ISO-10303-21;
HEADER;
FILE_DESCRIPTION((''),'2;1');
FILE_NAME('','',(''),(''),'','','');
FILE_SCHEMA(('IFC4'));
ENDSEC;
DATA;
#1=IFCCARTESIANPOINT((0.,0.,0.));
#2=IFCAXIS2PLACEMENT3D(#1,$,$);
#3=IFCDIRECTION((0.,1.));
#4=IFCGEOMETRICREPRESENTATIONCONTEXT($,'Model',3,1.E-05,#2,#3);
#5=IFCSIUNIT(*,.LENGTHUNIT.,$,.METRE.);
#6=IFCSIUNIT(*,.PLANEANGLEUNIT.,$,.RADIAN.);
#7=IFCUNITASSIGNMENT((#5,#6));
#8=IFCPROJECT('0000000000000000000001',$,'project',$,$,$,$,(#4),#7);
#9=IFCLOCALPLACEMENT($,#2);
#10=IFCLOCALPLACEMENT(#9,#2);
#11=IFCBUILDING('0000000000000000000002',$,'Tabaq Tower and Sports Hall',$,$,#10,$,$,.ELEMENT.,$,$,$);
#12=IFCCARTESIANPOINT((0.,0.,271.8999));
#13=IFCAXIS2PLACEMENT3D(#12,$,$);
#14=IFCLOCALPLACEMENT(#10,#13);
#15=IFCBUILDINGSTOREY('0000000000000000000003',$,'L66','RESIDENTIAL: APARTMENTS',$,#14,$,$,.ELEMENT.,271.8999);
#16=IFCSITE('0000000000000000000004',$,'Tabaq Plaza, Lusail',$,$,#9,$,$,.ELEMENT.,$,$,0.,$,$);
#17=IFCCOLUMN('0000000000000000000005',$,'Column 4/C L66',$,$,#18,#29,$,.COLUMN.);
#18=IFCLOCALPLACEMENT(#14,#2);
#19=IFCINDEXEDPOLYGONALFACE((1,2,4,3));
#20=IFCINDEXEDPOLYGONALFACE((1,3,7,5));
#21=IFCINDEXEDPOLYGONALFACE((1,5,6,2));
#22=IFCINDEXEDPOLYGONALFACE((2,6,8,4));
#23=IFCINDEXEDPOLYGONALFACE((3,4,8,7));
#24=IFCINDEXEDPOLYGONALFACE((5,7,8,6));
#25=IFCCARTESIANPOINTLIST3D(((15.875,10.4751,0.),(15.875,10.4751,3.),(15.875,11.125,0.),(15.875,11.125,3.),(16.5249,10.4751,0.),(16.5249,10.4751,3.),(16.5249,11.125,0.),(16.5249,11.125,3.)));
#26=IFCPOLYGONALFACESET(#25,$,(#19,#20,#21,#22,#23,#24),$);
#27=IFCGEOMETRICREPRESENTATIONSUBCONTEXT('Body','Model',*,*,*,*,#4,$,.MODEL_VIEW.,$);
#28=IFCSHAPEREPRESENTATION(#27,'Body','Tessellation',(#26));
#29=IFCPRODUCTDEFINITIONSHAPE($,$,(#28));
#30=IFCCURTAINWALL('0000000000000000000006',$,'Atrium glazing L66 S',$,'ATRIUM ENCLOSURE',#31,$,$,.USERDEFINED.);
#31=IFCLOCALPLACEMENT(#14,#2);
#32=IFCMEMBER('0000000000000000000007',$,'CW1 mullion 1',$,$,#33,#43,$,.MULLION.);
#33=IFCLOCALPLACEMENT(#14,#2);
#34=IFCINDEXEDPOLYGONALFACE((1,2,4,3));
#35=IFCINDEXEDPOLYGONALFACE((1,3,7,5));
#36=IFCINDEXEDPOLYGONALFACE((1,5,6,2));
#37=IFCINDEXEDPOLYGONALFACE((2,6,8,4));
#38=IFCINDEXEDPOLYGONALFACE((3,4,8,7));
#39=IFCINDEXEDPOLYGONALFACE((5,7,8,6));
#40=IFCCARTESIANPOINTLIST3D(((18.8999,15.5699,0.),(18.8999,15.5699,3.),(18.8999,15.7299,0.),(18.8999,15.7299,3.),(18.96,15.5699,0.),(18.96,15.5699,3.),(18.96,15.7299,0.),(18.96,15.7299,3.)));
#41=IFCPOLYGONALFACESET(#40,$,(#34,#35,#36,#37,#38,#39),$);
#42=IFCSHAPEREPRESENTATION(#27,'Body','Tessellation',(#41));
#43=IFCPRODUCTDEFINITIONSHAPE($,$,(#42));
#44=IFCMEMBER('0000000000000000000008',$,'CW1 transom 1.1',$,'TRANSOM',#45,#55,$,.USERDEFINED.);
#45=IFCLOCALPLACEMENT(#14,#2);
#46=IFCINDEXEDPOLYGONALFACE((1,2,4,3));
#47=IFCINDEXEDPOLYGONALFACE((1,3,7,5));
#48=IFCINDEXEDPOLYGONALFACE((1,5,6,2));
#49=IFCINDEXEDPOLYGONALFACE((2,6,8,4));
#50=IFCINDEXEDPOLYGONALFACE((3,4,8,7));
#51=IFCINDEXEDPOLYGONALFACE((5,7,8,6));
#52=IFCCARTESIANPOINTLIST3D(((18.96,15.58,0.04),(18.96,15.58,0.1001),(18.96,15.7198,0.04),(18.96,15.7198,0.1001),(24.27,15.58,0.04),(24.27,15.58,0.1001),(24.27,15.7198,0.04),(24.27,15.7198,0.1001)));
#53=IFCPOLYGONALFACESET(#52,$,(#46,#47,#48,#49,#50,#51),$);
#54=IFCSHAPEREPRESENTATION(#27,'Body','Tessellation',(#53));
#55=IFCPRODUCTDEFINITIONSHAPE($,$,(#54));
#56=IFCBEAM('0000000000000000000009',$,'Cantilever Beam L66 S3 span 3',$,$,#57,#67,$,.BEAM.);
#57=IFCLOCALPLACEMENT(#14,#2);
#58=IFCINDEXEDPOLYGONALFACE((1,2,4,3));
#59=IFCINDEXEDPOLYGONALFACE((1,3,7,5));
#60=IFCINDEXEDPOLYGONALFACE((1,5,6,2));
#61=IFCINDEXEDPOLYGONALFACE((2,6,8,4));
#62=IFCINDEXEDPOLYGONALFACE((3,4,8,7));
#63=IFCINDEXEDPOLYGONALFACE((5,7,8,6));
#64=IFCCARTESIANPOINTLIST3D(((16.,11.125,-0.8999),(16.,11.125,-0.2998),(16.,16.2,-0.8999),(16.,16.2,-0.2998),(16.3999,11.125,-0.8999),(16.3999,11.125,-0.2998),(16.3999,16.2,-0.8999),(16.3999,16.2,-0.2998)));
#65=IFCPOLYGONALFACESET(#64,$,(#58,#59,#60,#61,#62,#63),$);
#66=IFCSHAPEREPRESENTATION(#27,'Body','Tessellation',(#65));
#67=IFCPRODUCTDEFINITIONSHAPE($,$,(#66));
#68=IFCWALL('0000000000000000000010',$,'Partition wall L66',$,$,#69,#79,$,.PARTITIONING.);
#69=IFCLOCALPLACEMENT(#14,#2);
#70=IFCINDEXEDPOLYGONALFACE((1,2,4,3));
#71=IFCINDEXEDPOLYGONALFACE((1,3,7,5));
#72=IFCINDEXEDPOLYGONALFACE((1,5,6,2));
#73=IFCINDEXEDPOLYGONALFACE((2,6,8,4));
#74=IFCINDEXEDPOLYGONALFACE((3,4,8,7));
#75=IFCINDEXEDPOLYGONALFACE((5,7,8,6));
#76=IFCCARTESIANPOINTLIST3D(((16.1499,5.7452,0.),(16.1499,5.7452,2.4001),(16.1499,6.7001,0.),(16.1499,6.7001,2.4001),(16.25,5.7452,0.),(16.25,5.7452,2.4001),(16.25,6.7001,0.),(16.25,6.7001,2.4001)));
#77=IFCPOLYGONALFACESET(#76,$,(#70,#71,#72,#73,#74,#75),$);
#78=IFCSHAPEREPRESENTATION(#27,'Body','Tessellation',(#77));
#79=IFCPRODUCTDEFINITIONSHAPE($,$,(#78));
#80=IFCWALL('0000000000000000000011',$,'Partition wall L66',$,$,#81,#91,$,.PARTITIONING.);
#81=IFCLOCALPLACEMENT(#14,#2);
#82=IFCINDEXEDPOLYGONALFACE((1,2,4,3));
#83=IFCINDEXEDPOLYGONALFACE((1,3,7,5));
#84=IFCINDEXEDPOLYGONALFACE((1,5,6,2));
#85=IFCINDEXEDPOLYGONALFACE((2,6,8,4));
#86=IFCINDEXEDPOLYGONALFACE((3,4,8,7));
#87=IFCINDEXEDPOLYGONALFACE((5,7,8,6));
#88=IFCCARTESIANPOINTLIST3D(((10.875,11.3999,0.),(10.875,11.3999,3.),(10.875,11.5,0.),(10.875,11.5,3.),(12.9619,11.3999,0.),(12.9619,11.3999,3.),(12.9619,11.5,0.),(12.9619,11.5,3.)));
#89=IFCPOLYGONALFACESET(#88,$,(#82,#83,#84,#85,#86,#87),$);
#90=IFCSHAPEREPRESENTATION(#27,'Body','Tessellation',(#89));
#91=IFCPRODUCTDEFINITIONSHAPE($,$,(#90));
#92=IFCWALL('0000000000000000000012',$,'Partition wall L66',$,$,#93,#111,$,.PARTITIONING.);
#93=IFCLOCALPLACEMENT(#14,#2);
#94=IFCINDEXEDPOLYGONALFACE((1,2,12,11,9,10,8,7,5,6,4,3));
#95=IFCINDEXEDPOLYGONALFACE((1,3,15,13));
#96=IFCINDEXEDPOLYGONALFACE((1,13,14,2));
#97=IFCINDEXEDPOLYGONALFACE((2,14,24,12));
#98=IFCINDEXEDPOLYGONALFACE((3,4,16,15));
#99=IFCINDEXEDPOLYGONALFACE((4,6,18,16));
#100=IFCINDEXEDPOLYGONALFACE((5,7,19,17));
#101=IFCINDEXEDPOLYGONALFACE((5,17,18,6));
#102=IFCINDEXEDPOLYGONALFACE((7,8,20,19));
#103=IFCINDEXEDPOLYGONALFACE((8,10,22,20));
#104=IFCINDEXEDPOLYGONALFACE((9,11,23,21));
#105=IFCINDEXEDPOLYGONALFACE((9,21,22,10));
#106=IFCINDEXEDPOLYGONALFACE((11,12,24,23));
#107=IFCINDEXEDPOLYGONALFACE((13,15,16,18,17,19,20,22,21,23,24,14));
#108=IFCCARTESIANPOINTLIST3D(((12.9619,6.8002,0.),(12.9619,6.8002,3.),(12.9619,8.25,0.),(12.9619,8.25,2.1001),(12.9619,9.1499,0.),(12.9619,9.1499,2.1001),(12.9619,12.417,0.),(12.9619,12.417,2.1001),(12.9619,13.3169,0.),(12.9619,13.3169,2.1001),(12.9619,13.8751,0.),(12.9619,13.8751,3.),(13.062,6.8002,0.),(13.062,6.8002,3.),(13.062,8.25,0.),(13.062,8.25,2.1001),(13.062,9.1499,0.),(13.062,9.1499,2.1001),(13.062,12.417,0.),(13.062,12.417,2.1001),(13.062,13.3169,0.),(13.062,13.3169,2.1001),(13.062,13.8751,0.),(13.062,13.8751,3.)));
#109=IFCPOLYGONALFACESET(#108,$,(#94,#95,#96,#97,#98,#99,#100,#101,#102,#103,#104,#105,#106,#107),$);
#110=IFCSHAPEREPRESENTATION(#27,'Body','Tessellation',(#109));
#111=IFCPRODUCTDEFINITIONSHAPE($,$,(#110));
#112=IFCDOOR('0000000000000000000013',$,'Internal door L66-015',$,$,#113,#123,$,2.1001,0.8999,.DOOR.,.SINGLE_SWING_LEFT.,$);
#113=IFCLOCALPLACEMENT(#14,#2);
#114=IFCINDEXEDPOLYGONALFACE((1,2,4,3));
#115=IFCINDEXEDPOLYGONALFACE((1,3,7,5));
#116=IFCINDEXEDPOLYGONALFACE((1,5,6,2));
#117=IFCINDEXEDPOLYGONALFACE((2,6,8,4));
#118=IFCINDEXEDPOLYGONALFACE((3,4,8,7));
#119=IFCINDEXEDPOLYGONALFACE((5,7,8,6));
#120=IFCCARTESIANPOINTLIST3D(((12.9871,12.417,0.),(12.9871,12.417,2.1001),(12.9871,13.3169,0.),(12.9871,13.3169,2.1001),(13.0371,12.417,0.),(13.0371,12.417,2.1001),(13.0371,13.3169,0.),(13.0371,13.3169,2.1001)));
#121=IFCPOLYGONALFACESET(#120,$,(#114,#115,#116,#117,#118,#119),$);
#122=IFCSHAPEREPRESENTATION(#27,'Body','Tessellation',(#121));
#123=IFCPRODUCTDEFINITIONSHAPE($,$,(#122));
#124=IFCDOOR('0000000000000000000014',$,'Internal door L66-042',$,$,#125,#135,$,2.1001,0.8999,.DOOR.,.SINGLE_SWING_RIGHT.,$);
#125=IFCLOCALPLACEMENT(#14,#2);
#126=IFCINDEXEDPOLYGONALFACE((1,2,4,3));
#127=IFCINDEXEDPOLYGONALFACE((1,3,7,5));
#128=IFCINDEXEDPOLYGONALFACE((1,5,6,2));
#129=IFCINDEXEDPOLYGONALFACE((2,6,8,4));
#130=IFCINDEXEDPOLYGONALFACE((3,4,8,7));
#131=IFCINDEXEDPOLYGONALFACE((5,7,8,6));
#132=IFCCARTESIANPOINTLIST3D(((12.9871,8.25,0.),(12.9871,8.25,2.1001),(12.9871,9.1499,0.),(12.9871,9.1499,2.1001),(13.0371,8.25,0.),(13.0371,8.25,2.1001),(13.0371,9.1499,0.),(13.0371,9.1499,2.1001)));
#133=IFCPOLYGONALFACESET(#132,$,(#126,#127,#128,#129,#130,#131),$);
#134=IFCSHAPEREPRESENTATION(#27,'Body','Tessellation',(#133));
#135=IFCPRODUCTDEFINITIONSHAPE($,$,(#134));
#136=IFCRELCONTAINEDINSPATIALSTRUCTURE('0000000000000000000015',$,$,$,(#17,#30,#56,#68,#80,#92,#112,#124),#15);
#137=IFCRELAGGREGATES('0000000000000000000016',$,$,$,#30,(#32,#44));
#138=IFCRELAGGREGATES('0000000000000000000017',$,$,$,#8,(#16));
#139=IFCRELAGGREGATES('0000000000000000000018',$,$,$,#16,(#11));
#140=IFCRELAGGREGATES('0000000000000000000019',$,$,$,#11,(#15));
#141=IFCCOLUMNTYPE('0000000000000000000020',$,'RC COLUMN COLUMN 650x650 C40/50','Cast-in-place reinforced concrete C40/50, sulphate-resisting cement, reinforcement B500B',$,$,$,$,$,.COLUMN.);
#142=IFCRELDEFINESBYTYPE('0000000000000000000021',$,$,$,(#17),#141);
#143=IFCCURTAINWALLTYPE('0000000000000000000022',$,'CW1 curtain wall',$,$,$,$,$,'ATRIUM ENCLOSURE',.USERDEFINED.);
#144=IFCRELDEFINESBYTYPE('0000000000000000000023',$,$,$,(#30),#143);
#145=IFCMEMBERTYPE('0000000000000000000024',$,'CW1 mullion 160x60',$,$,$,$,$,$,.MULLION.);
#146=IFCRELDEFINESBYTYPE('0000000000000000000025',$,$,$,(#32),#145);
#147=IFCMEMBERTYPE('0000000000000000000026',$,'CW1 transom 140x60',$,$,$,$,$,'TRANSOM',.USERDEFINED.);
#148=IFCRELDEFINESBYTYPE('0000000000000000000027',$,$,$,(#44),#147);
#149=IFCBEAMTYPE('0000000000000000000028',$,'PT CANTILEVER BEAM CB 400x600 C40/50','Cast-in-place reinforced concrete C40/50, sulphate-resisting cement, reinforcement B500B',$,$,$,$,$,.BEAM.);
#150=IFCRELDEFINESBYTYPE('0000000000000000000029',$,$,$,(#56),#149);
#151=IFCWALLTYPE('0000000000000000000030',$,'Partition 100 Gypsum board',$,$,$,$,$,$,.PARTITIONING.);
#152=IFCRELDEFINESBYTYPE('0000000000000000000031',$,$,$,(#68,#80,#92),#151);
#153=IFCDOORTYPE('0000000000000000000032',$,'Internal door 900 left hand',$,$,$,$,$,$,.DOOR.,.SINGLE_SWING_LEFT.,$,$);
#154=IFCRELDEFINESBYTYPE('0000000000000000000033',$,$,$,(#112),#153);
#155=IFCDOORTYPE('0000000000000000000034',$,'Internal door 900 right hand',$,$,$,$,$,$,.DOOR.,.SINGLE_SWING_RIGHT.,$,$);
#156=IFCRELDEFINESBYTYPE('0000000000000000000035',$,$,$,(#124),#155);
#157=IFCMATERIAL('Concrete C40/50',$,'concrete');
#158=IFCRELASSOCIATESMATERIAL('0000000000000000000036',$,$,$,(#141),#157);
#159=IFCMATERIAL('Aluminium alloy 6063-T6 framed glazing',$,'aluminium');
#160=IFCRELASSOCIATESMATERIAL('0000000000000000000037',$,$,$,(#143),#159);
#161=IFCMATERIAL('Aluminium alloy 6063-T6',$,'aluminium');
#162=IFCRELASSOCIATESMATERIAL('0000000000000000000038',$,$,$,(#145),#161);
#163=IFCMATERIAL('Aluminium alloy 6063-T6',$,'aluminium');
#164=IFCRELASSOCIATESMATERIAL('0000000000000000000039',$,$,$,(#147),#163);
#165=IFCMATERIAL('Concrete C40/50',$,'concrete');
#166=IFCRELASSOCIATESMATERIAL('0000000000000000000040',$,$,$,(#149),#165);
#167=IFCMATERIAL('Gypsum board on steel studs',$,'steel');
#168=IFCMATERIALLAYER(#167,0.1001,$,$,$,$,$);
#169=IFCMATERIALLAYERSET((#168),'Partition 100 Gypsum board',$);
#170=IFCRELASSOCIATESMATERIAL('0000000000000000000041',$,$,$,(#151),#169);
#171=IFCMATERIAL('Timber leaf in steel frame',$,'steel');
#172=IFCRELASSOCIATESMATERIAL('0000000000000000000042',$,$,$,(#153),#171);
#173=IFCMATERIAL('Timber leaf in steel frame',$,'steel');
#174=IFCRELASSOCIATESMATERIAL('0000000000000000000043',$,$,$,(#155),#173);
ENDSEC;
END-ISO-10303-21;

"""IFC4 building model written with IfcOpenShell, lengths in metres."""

from ifc_helpers import new_model, si_unit, direction, frame, frame_2d, origin, origin_2d, place, context, subcontext, project, spatial, rectangle, extrude, material, layer, layer_set, material_profile, profile_set, type_object, element, fill, aggregate, save


model = new_model("IFC4")

# Units and contexts
model_context = context("Model", 3, precision=1e-05, world=origin(), true_north=direction((0.0, 1.0)))
body_context = subcontext(model_context, "Body", "Model", "MODEL_VIEW")
ifc_project = project(units=[si_unit("LENGTHUNIT", "METRE"), si_unit("PLANEANGLEUNIT", "RADIAN")], contexts=[model_context])

# Site, building, storey
site_placement = place(None, origin())
site = spatial("IfcSite", under=ifc_project, at=site_placement, Name="Tabaq Plaza, Lusail", CompositionType="ELEMENT", RefElevation=0.0)
building_placement = place(site_placement, origin())
building = spatial("IfcBuilding", under=site, at=building_placement, Name="Tabaq Tower and Sports Hall", CompositionType="ELEMENT")
storey_placement = place(building_placement, frame((0.0, 0.0, 271.8999)))
storey = spatial("IfcBuildingStorey", under=building, at=storey_placement, Name="L66", Description="RESIDENTIAL: APARTMENTS", CompositionType="ELEMENT", Elevation=271.8999)

# Column
ifc_material_1 = material(Name="Concrete C40/50", Category="concrete")
ifc_material_profile_1 = material_profile(ifc_material_1, rectangle(XDim=0.6499, YDim=0.6499, at=origin_2d()), Name="COLUMN 650x650")
ifc_profile_set_1 = profile_set([ifc_material_profile_1], Name="Concrete C40/50")
column_type = type_object("IfcColumnType", Name="RC COLUMN COLUMN 650x650 C40/50", Description="Cast-in-place reinforced concrete C40/50, sulphate-resisting cement, reinforcement B500B", PredefinedType="COLUMN", material=ifc_profile_set_1)
column_placement = place(storey_placement, frame((16.2, 10.8, 0.0), z_axis=(0.0, 0.0, 1.0), x_axis=(1.0, 0.0, 0.0)))
element("IfcColumn", 1, at=column_placement, inside=storey, type_object=column_type, Name="Column 4/C L66", PredefinedType="COLUMN", context=body_context, shape_type="SweptSolid", body=[
    extrude(rectangle(XDim=0.6499, YDim=0.6499, at=origin_2d()), origin(), (0.0, 0.0, 1.0), 3.0),
])

# Curtain wall, members
ifc_material_2 = material(Name="Aluminium alloy 6063-T6 framed glazing", Category="aluminium")
curtain_wall_type = type_object("IfcCurtainWallType", Name="CW1 curtain wall", ElementType="ATRIUM ENCLOSURE", PredefinedType="USERDEFINED", material=ifc_material_2)
curtain_wall_placement = place(storey_placement, origin())
curtain_wall = element("IfcCurtainWall", 2, at=curtain_wall_placement, inside=storey, type_object=curtain_wall_type, Name="Atrium glazing L66 S", ObjectType="ATRIUM ENCLOSURE", PredefinedType="USERDEFINED")
ifc_material_3 = material(Name="Aluminium alloy 6063-T6", Category="aluminium")
ifc_material_profile_2 = material_profile(ifc_material_3, rectangle(XDim=0.1599, YDim=0.0601, at=origin_2d()), Name="MULLION 160x60")
ifc_profile_set_2 = profile_set([ifc_material_profile_2], Name="Aluminium alloy 6063-T6")
member_type_1 = type_object("IfcMemberType", Name="CW1 mullion 160x60", PredefinedType="MULLION", material=ifc_profile_set_2)
member_1_placement = place(storey_placement, frame((18.9299, 15.6499, 0.0), z_axis=(0.0, 0.0, 1.0), x_axis=(0.0, 1.0, 0.0)))
member_1 = element("IfcMember", 3, at=member_1_placement, type_object=member_type_1, Name="CW1 mullion 1", PredefinedType="MULLION", context=body_context, shape_type="SweptSolid", body=[
    extrude(rectangle(XDim=0.1599, YDim=0.0601, at=origin_2d()), origin(), (0.0, 0.0, 1.0), 3.0),
])
ifc_material_4 = material(Name="Aluminium alloy 6063-T6", Category="aluminium")
ifc_material_profile_3 = material_profile(ifc_material_4, rectangle(XDim=0.1399, YDim=0.0601, at=origin_2d()), Name="TRANSOM 140x60")
ifc_profile_set_3 = profile_set([ifc_material_profile_3], Name="Aluminium alloy 6063-T6")
member_type_2 = type_object("IfcMemberType", Name="CW1 transom 140x60", ElementType="TRANSOM", PredefinedType="USERDEFINED", material=ifc_profile_set_3)
member_2_placement = place(storey_placement, frame((18.96, 15.6499, 0.0701), z_axis=(1.0, 0.0, 0.0), x_axis=(0.0, 1.0, 0.0)))
member_2 = element("IfcMember", 4, at=member_2_placement, type_object=member_type_2, Name="CW1 transom 1.1", ObjectType="TRANSOM", PredefinedType="USERDEFINED", context=body_context, shape_type="SweptSolid", body=[
    extrude(rectangle(XDim=0.1399, YDim=0.0601, at=origin_2d()), origin(), (0.0, 0.0, 1.0), 5.3101),
])
aggregate(curtain_wall, [member_1, member_2])

# Beam
ifc_material_5 = material(Name="Concrete C40/50", Category="concrete")
ifc_material_profile_4 = material_profile(ifc_material_5, rectangle(XDim=0.3999, YDim=0.6001, at=origin_2d()), Name="CB 400x600")
ifc_profile_set_4 = profile_set([ifc_material_profile_4], Name="Concrete C40/50")
beam_type = type_object("IfcBeamType", Name="PT CANTILEVER BEAM CB 400x600 C40/50", Description="Cast-in-place reinforced concrete C40/50, sulphate-resisting cement, reinforcement B500B", PredefinedType="BEAM", material=ifc_profile_set_4)
beam_placement = place(storey_placement, frame((16.2, 11.125, -0.5999), z_axis=(0.0, 1.0, 0.0), x_axis=(-1.0, 0.0, 0.0)))
element("IfcBeam", 5, at=beam_placement, inside=storey, type_object=beam_type, Name="Cantilever Beam L66 S3 span 3", PredefinedType="BEAM", context=body_context, shape_type="SweptSolid", body=[
    extrude(rectangle(XDim=0.3999, YDim=0.6001, at=origin_2d()), origin(), (0.0, 0.0, 1.0), 5.075),
])

# Walls
ifc_material_6 = material(Name="Gypsum board on steel studs", Category="steel")
ifc_layer = layer(ifc_material_6, 0.1001)
ifc_layer_set = layer_set([ifc_layer], Name="Partition 100 Gypsum board")
wall_type = type_object("IfcWallType", Name="Partition 100 Gypsum board", PredefinedType="PARTITIONING", material=ifc_layer_set)
wall_1_placement = place(storey_placement, frame((16.2, 5.7451, 0.0), z_axis=(0.0, 0.0, 1.0), x_axis=(0.0, 1.0, 0.0)))
element("IfcWall", 6, at=wall_1_placement, inside=storey, type_object=wall_type, Name="Partition wall L66", PredefinedType="PARTITIONING", context=body_context, shape_type="SweptSolid", body=[
    extrude(rectangle(XDim=0.9548, YDim=0.1001, at=frame_2d((0.4775, 0.0))), origin(), (0.0, 0.0, 1.0), 2.4001),
])
wall_2_placement = place(storey_placement, frame((12.9619, 11.45, 0.0), z_axis=(0.0, 0.0, 1.0), x_axis=(-1.0, 0.0, 0.0)))
element("IfcWall", 7, at=wall_2_placement, inside=storey, type_object=wall_type, Name="Partition wall L66", PredefinedType="PARTITIONING", context=body_context, shape_type="SweptSolid", body=[
    extrude(rectangle(XDim=2.0869, YDim=0.1001, at=frame_2d((1.0435, 0.0))), origin(), (0.0, 0.0, 1.0), 3.0),
])

# Wall, openings, doors
wall_3_placement = place(storey_placement, frame((13.012, 6.8, 0.0), z_axis=(0.0, 0.0, 1.0), x_axis=(0.0, 1.0, 0.0)))
wall_3 = element("IfcWall", 8, at=wall_3_placement, inside=storey, type_object=wall_type, Name="Partition wall L66", PredefinedType="PARTITIONING", context=body_context, shape_type="SweptSolid", body=[
    extrude(rectangle(XDim=7.075, YDim=0.1001, at=frame_2d((3.5376, 0.0))), origin(), (0.0, 0.0, 1.0), 3.0),
])
opening_1_placement = place(wall_3_placement, frame((5.6169, 0.0, 0.0)))
opening_1 = element("IfcOpeningElement", 9, at=opening_1_placement, cuts=wall_3, PredefinedType="OPENING", context=body_context, shape_type="SweptSolid", body=[
    extrude(rectangle(XDim=0.8999, YDim=2.1001, at=frame_2d((0.45, 1.05))), frame((0.0, 0.05, 0.0), z_axis=(0.0, -1.0, 0.0), x_axis=(1.0, 0.0, 0.0)), (0.0, 0.0, 1.0), 0.1001),
])
opening_2_placement = place(wall_3_placement, frame((1.45, 0.0, 0.0)))
opening_2 = element("IfcOpeningElement", 10, at=opening_2_placement, cuts=wall_3, PredefinedType="OPENING", context=body_context, shape_type="SweptSolid", body=[
    extrude(rectangle(XDim=0.8999, YDim=2.1001, at=frame_2d((0.45, 1.05))), frame((0.0, 0.05, 0.0), z_axis=(0.0, -1.0, 0.0), x_axis=(1.0, 0.0, 0.0)), (0.0, 0.0, 1.0), 0.1001),
])
ifc_material_7 = material(Name="Timber leaf in steel frame", Category="steel")
door_type_1 = type_object("IfcDoorType", Name="Internal door 900 left hand", OperationType="SINGLE_SWING_LEFT", PredefinedType="DOOR", material=ifc_material_7)
door_1_placement = place(opening_1_placement, origin())
door_1 = element("IfcDoor", 11, at=door_1_placement, inside=storey, type_object=door_type_1, Name="Internal door L66-015", OperationType="SINGLE_SWING_LEFT", OverallHeight=2.1001, OverallWidth=0.8999, PredefinedType="DOOR", context=body_context, shape_type="SweptSolid", body=[
    extrude(rectangle(XDim=0.8999, YDim=2.1001, at=frame_2d((0.45, 1.05))), frame((0.0, 0.0249, 0.0), z_axis=(0.0, -1.0, 0.0), x_axis=(1.0, 0.0, 0.0)), (0.0, 0.0, 1.0), 0.05),
])
fill(opening_1, door_1)
ifc_material_8 = material(Name="Timber leaf in steel frame", Category="steel")
door_type_2 = type_object("IfcDoorType", Name="Internal door 900 right hand", OperationType="SINGLE_SWING_RIGHT", PredefinedType="DOOR", material=ifc_material_8)
door_2_placement = place(opening_2_placement, origin())
door_2 = element("IfcDoor", 12, at=door_2_placement, inside=storey, type_object=door_type_2, Name="Internal door L66-042", OperationType="SINGLE_SWING_RIGHT", OverallHeight=2.1001, OverallWidth=0.8999, PredefinedType="DOOR", context=body_context, shape_type="SweptSolid", body=[
    extrude(rectangle(XDim=0.8999, YDim=2.1001, at=frame_2d((0.45, 1.05))), frame((0.0, 0.0249, 0.0), z_axis=(0.0, -1.0, 0.0), x_axis=(1.0, 0.0, 0.0)), (0.0, 0.0, 1.0), 0.05),
])
fill(opening_2, door_2)

save(model, "model.ifc")
